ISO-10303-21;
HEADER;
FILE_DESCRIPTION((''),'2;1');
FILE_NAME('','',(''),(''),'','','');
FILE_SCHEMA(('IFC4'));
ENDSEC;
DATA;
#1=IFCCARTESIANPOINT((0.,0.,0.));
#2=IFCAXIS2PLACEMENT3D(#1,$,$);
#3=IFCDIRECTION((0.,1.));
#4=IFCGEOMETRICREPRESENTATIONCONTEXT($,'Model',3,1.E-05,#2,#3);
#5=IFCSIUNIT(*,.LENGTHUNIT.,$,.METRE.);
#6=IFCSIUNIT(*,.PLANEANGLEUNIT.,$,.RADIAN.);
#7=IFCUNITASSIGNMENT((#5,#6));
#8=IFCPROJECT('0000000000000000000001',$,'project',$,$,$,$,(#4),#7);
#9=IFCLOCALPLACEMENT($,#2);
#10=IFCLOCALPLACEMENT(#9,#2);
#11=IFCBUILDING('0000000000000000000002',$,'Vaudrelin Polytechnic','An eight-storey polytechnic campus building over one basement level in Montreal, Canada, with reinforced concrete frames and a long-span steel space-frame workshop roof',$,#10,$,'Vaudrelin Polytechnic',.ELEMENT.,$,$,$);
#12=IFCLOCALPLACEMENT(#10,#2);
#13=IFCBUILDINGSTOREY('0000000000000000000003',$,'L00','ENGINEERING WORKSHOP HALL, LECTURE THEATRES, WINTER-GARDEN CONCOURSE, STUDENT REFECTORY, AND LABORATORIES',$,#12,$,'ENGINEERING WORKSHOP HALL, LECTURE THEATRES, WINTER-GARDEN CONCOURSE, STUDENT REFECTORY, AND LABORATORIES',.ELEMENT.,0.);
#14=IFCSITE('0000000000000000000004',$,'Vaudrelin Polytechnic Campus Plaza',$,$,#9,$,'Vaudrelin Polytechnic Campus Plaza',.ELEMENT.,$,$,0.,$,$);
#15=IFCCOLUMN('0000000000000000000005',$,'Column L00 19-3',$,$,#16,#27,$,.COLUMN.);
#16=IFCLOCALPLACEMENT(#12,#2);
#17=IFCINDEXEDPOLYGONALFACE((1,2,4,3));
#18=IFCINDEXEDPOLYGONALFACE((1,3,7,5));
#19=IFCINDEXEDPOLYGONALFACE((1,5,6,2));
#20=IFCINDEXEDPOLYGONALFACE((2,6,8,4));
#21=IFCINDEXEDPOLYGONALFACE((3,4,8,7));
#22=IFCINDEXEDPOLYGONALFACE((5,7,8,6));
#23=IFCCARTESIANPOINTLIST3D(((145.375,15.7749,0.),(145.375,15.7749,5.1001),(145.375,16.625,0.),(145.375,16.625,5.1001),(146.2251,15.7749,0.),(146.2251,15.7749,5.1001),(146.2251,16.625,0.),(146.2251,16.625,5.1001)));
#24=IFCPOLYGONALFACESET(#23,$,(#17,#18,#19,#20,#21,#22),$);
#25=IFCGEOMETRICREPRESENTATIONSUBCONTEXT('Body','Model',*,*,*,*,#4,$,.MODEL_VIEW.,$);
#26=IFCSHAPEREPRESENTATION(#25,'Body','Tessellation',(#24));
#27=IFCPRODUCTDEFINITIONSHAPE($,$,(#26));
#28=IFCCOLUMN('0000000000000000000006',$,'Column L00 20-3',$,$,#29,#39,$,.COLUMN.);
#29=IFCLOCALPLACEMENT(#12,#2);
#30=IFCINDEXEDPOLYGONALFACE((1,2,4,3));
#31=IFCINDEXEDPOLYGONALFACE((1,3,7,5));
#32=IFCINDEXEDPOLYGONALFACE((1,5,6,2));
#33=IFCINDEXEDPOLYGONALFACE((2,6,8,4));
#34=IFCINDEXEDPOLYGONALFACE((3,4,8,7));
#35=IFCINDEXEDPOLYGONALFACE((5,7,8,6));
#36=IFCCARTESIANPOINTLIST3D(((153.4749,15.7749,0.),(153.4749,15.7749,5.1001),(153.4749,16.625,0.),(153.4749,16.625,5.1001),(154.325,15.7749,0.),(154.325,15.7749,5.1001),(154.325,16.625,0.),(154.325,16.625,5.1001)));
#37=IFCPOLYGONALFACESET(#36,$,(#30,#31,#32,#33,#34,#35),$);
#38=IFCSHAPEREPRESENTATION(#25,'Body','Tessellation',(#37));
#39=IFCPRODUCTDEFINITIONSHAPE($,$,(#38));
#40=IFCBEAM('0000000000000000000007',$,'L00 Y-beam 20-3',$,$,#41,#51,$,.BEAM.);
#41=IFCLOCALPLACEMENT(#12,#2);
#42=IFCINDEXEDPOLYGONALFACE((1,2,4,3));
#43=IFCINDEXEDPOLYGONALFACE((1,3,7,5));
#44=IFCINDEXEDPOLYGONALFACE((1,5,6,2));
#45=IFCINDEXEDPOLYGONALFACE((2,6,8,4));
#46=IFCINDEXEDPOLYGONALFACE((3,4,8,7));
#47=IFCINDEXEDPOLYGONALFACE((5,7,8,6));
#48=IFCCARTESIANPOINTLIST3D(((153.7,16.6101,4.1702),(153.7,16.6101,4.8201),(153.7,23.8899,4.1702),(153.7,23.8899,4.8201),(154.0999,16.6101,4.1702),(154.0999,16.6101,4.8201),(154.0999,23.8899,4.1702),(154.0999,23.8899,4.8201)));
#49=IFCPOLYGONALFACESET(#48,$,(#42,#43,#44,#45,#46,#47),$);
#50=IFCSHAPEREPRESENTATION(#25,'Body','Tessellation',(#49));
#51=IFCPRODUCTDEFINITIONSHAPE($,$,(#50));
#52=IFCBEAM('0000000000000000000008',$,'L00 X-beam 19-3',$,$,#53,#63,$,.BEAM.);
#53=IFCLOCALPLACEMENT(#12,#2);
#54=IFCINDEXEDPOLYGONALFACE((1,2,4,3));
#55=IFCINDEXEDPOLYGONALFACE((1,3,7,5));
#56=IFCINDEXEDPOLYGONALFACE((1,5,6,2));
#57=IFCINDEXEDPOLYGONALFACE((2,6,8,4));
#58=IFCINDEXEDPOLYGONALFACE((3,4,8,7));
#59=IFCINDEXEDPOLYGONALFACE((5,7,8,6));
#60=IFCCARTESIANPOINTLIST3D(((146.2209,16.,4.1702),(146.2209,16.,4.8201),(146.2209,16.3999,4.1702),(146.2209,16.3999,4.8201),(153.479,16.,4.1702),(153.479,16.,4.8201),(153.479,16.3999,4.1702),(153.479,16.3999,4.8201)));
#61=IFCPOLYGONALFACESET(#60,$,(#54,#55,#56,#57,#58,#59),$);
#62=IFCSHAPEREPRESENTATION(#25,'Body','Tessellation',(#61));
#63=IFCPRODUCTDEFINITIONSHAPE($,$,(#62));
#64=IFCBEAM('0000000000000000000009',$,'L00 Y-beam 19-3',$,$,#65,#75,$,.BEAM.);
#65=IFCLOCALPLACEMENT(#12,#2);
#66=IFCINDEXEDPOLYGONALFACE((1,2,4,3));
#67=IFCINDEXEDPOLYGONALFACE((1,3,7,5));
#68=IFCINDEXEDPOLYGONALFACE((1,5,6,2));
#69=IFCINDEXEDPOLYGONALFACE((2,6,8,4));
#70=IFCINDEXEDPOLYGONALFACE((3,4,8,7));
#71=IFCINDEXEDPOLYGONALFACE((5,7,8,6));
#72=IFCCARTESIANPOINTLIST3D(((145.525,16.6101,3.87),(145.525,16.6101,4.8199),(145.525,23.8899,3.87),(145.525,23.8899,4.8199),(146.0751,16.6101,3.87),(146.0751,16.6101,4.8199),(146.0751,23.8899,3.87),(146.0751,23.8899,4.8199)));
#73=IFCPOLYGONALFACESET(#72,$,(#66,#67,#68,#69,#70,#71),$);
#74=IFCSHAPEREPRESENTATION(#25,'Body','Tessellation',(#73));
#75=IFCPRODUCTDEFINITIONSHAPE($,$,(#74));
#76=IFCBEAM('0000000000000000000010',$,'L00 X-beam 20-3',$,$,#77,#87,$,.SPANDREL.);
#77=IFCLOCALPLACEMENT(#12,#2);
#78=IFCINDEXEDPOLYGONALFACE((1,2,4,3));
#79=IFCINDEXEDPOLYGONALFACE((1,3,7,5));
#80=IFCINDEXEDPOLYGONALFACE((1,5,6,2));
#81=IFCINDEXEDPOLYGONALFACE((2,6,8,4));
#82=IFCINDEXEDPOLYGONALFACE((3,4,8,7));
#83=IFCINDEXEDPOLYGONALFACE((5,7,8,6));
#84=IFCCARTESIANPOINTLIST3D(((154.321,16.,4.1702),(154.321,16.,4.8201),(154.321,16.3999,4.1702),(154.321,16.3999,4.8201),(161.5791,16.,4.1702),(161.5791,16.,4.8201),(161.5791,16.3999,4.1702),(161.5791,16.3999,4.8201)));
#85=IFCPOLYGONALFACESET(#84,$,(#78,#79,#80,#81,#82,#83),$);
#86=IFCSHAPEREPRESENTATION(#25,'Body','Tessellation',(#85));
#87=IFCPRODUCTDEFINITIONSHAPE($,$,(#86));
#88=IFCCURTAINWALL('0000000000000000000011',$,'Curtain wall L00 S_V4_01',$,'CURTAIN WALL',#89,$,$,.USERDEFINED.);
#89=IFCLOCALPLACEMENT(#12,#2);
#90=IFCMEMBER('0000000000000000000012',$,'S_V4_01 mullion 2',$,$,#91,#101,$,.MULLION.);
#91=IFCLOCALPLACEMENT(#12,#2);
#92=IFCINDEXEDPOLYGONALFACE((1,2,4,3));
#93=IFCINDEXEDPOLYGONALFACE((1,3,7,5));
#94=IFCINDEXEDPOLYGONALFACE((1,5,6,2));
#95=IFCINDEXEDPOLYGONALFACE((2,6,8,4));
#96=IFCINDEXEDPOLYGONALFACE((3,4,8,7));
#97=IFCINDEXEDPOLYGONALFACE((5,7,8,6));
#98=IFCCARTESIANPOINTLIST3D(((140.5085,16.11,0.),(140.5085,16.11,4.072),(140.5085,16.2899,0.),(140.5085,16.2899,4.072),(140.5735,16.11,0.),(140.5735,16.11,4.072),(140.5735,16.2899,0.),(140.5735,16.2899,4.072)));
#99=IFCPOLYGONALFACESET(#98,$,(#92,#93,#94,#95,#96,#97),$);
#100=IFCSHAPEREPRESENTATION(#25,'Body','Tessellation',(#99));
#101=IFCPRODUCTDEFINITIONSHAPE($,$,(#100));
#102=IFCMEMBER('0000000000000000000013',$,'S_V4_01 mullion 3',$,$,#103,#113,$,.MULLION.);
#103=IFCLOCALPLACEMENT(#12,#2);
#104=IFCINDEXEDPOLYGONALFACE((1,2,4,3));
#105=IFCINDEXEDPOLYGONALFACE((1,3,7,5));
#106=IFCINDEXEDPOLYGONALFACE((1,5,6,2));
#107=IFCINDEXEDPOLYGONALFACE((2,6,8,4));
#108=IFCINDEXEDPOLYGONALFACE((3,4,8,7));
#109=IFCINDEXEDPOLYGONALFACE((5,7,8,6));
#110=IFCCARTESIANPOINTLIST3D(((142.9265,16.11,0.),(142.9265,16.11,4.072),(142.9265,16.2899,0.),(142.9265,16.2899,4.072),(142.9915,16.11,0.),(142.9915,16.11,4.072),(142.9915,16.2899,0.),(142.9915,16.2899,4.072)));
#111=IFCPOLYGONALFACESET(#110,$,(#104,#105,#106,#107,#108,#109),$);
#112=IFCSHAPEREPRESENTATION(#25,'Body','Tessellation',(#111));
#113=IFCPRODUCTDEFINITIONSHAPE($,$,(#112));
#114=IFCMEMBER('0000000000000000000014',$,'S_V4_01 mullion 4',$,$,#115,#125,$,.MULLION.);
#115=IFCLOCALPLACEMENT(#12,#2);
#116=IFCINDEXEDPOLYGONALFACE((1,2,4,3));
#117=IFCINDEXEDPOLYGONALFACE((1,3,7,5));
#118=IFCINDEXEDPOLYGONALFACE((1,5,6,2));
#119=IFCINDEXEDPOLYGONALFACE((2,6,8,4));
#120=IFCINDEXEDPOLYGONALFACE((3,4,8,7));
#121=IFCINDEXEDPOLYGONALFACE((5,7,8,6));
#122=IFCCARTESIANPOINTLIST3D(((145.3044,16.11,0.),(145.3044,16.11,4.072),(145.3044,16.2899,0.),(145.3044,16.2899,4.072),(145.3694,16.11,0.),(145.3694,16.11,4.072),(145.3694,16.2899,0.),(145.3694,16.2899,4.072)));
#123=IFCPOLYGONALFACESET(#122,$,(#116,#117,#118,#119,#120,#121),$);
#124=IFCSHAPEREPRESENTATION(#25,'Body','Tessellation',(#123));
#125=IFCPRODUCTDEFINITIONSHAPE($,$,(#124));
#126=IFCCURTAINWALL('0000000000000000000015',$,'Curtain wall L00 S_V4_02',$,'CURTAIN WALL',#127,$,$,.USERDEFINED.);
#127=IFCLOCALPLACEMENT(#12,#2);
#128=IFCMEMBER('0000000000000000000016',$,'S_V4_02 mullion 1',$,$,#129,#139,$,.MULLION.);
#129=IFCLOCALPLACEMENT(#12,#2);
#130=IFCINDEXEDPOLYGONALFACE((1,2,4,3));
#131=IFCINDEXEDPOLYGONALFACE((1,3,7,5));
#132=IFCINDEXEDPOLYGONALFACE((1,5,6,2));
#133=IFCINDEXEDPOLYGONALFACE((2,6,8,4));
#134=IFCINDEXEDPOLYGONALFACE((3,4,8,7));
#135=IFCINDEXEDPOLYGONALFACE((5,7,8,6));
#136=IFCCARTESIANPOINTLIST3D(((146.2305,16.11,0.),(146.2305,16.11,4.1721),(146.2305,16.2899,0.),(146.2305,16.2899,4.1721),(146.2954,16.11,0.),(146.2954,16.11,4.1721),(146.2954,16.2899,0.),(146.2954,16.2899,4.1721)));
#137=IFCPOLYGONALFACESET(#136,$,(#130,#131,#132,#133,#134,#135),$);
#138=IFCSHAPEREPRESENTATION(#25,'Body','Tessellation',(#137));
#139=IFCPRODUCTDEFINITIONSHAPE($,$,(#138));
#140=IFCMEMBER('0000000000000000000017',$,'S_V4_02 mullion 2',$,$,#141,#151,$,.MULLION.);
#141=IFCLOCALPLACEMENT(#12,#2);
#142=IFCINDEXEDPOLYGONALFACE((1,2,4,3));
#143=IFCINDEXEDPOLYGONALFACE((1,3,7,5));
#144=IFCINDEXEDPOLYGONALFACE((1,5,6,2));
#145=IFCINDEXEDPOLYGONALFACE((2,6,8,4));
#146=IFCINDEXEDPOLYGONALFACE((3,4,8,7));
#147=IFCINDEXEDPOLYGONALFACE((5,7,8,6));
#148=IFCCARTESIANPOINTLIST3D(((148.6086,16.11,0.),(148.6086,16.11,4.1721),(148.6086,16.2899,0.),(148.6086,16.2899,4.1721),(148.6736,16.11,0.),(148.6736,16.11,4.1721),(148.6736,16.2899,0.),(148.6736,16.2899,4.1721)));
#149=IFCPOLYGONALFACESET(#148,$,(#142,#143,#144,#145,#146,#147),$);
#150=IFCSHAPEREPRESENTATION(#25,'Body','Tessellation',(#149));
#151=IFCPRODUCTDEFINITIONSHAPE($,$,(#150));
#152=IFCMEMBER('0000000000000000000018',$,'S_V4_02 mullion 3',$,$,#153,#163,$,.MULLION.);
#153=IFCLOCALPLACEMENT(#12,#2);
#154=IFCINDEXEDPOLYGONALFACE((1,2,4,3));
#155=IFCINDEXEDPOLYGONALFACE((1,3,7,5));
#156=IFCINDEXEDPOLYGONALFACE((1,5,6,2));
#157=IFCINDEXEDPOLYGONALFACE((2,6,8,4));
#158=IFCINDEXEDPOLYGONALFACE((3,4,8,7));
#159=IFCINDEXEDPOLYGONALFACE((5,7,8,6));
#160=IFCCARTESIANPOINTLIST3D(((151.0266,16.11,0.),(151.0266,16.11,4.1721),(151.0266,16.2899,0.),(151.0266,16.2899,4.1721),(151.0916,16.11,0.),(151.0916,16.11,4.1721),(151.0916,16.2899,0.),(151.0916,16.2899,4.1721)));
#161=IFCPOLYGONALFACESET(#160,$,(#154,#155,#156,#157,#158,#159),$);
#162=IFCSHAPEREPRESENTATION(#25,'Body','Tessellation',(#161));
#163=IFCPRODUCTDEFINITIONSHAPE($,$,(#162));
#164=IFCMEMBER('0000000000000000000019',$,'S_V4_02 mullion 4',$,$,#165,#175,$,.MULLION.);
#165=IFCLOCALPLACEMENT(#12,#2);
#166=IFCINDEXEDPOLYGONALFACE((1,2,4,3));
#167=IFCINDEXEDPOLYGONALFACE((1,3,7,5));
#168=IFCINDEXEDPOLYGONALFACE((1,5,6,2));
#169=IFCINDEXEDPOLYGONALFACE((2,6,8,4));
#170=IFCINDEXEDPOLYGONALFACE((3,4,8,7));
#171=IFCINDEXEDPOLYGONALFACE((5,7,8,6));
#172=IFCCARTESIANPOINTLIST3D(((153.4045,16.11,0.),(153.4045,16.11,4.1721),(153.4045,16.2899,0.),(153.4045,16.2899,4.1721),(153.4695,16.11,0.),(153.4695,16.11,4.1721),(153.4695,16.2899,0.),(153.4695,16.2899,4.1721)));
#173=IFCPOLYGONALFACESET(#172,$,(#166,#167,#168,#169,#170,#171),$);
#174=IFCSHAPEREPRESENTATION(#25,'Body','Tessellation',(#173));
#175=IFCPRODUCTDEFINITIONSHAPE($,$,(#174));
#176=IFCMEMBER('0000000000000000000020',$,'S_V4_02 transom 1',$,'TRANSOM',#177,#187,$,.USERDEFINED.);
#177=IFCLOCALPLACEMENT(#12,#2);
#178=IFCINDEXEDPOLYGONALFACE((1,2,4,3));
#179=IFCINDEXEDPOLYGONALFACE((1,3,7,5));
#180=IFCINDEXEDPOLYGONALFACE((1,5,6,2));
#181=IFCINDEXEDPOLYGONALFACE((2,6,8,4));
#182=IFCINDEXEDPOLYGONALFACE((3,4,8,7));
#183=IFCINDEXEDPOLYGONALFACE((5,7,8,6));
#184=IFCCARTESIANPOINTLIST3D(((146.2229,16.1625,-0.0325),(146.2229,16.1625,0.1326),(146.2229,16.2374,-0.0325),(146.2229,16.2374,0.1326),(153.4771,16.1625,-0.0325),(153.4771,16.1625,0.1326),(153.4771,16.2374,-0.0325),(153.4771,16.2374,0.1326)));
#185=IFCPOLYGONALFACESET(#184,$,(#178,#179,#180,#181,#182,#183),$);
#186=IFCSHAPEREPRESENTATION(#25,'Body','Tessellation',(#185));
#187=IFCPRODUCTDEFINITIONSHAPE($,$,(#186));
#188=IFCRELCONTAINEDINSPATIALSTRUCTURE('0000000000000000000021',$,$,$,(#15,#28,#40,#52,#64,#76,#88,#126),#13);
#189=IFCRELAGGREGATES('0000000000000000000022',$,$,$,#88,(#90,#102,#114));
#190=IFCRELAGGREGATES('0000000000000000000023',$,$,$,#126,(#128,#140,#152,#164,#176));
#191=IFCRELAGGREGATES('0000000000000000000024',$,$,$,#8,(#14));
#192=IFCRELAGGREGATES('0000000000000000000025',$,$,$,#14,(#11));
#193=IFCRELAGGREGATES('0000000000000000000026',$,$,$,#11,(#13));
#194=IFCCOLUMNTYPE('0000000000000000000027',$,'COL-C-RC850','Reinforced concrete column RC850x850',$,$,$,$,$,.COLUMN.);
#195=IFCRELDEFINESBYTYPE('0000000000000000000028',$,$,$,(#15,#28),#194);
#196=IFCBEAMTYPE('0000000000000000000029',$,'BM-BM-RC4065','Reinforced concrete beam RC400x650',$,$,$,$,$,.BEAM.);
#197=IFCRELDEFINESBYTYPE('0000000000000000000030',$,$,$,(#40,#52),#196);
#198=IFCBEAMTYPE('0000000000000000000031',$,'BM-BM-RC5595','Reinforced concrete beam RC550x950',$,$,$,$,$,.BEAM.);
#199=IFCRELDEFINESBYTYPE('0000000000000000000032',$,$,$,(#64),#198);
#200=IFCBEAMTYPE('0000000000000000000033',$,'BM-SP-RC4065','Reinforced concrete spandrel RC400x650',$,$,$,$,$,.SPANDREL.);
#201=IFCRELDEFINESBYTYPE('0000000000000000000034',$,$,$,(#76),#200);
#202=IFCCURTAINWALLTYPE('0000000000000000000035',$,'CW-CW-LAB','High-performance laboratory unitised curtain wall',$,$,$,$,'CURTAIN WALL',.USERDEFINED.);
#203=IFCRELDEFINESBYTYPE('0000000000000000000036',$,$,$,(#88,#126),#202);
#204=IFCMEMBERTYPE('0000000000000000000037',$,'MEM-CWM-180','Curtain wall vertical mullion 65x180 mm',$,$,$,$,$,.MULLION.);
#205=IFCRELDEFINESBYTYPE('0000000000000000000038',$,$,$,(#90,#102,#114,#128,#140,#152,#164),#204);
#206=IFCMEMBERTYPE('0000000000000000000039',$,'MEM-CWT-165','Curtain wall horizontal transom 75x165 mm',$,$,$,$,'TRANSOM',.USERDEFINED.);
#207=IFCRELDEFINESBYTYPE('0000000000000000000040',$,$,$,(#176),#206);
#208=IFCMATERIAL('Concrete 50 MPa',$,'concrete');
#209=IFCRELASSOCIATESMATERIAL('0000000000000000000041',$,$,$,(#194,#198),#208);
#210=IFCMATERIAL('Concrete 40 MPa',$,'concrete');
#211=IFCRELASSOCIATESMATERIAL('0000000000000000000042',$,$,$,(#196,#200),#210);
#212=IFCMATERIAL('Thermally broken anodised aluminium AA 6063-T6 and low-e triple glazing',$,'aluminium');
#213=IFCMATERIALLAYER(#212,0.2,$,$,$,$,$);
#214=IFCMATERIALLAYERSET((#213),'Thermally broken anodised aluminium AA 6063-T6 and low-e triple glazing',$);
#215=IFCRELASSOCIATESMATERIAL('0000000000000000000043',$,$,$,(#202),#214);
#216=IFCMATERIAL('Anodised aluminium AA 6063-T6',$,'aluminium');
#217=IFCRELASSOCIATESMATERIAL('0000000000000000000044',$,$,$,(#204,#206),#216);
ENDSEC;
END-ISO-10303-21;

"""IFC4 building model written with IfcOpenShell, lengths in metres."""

from ifc_helpers import new_model, si_unit, direction, frame, origin, origin_2d, place, context, subcontext, project, spatial, rectangle, extrude, material, layer, layer_set, material_profile, profile_set, type_object, element, aggregate, save


model = new_model("IFC4")

# Units and contexts
model_context = context("Model", 3, precision=1e-05, world=origin(), true_north=direction((0.0, 1.0)))
body_context = subcontext(model_context, "Body", "Model", "MODEL_VIEW")
ifc_project = project(units=[si_unit("LENGTHUNIT", "METRE"), si_unit("PLANEANGLEUNIT", "RADIAN")], contexts=[model_context])

# Site, building, storey
site_placement = place(None, origin())
site = spatial("IfcSite", under=ifc_project, at=site_placement, Name="Vaudrelin Polytechnic Campus Plaza", LongName="Vaudrelin Polytechnic Campus Plaza", CompositionType="ELEMENT", RefElevation=0.0)
building_placement = place(site_placement, origin())
building = spatial("IfcBuilding", under=site, at=building_placement, Name="Vaudrelin Polytechnic", Description="An eight-storey polytechnic campus building over one basement level in Montreal, Canada, with reinforced concrete frames and a long-span steel space-frame workshop roof", LongName="Vaudrelin Polytechnic", CompositionType="ELEMENT")
storey_placement = place(building_placement, origin())
storey = spatial("IfcBuildingStorey", under=building, at=storey_placement, Name="L00", Description="ENGINEERING WORKSHOP HALL, LECTURE THEATRES, WINTER-GARDEN CONCOURSE, STUDENT REFECTORY, AND LABORATORIES", LongName="ENGINEERING WORKSHOP HALL, LECTURE THEATRES, WINTER-GARDEN CONCOURSE, STUDENT REFECTORY, AND LABORATORIES", CompositionType="ELEMENT", Elevation=0.0)

# Columns
ifc_material_1 = material(Name="Concrete 50 MPa", Category="concrete")
ifc_material_profile_1 = material_profile(ifc_material_1, rectangle(XDim=0.8501, YDim=0.8501, at=origin_2d()), Name="RC850x850")
ifc_profile_set_1 = profile_set([ifc_material_profile_1], Name="Concrete 50 MPa")
column_type = type_object("IfcColumnType", Name="COL-C-RC850", Description="Reinforced concrete column RC850x850", PredefinedType="COLUMN", material=ifc_profile_set_1)
for number, where, z_axis, x_axis, name in (
    (1, (145.8, 16.2, 0.0), (0.0, 0.0, 1.0), (1.0, 0.0, 0.0), "Column L00 19-3"),
    (2, (153.8999, 16.2, 0.0), (0.0, 0.0, 1.0), (1.0, 0.0, 0.0), "Column L00 20-3"),
):
    element("IfcColumn", number, at=place(storey_placement, frame(where, z_axis=z_axis, x_axis=x_axis)), inside=storey, type_object=column_type, Name=name, PredefinedType="COLUMN", context=body_context, shape_type="SweptSolid", body=[
        extrude(rectangle(XDim=0.8501, YDim=0.8501, at=origin_2d()), origin(), (0.0, 0.0, 1.0), 5.1001),
    ])

# Beams
ifc_material_2 = material(Name="Concrete 40 MPa", Category="concrete")
ifc_material_profile_2 = material_profile(ifc_material_2, rectangle(XDim=0.3999, YDim=0.6499, at=origin_2d()), Name="RC400x650")
ifc_profile_set_2 = profile_set([ifc_material_profile_2], Name="Concrete 40 MPa")
beam_type_1 = type_object("IfcBeamType", Name="BM-BM-RC4065", Description="Reinforced concrete beam RC400x650", PredefinedType="BEAM", material=ifc_profile_set_2)
beam_1_placement = place(storey_placement, frame((153.8999, 16.6101, 4.4951), z_axis=(0.0, 1.0, 0.0), x_axis=(-1.0, 0.0, 0.0)))
element("IfcBeam", 3, at=beam_1_placement, inside=storey, type_object=beam_type_1, Name="L00 Y-beam 20-3", PredefinedType="BEAM", context=body_context, shape_type="SweptSolid", body=[
    extrude(rectangle(XDim=0.3999, YDim=0.6499, at=origin_2d()), origin(), (0.0, 0.0, 1.0), 7.2798),
])
beam_2_placement = place(storey_placement, frame((146.2209, 16.2, 4.4951), z_axis=(1.0, 0.0, 0.0), x_axis=(0.0, 1.0, 0.0)))
element("IfcBeam", 4, at=beam_2_placement, inside=storey, type_object=beam_type_1, Name="L00 X-beam 19-3", PredefinedType="BEAM", context=body_context, shape_type="SweptSolid", body=[
    extrude(rectangle(XDim=0.3999, YDim=0.6499, at=origin_2d()), origin(), (0.0, 0.0, 1.0), 7.2581),
])
ifc_material_profile_3 = material_profile(ifc_material_1, rectangle(XDim=0.55, YDim=0.95, at=origin_2d()), Name="RC550x950")
ifc_profile_set_3 = profile_set([ifc_material_profile_3], Name="Concrete 50 MPa")
beam_type_2 = type_object("IfcBeamType", Name="BM-BM-RC5595", Description="Reinforced concrete beam RC550x950", PredefinedType="BEAM", material=ifc_profile_set_3)
beam_3_placement = place(storey_placement, frame((145.8, 16.6101, 4.345), z_axis=(0.0, 1.0, 0.0), x_axis=(-1.0, 0.0, 0.0)))
element("IfcBeam", 5, at=beam_3_placement, inside=storey, type_object=beam_type_2, Name="L00 Y-beam 19-3", PredefinedType="BEAM", context=body_context, shape_type="SweptSolid", body=[
    extrude(rectangle(XDim=0.55, YDim=0.95, at=origin_2d()), origin(), (0.0, 0.0, 1.0), 7.2798),
])
ifc_material_profile_4 = material_profile(ifc_material_2, rectangle(XDim=0.3999, YDim=0.6499, at=origin_2d()), Name="RC400x650")
ifc_profile_set_4 = profile_set([ifc_material_profile_4], Name="Concrete 40 MPa")
beam_type_3 = type_object("IfcBeamType", Name="BM-SP-RC4065", Description="Reinforced concrete spandrel RC400x650", PredefinedType="SPANDREL", material=ifc_profile_set_4)
beam_4_placement = place(storey_placement, frame((154.321, 16.2, 4.4951), z_axis=(1.0, 0.0, 0.0), x_axis=(0.0, 1.0, 0.0)))
element("IfcBeam", 6, at=beam_4_placement, inside=storey, type_object=beam_type_3, Name="L00 X-beam 20-3", PredefinedType="SPANDREL", context=body_context, shape_type="SweptSolid", body=[
    extrude(rectangle(XDim=0.3999, YDim=0.6499, at=origin_2d()), origin(), (0.0, 0.0, 1.0), 7.2581),
])

# Curtain walls, members
ifc_material_3 = material(Name="Thermally broken anodised aluminium AA 6063-T6 and low-e triple glazing", Category="aluminium")
ifc_layer_1 = layer(ifc_material_3, 0.2)
ifc_layer_set_1 = layer_set([ifc_layer_1], Name="Thermally broken anodised aluminium AA 6063-T6 and low-e triple glazing")
curtain_wall_type = type_object("IfcCurtainWallType", Name="CW-CW-LAB", Description="High-performance laboratory unitised curtain wall", ElementType="CURTAIN WALL", PredefinedType="USERDEFINED", material=ifc_layer_set_1)
curtain_wall_1_placement = place(storey_placement, origin())
curtain_wall_1 = element("IfcCurtainWall", 7, at=curtain_wall_1_placement, inside=storey, type_object=curtain_wall_type, Name="Curtain wall L00 S_V4_01", ObjectType="CURTAIN WALL", PredefinedType="USERDEFINED")
ifc_material_4 = material(Name="Anodised aluminium AA 6063-T6", Category="aluminium")
ifc_material_profile_5 = material_profile(ifc_material_4, rectangle(XDim=0.0649, YDim=0.1799, at=origin_2d()), Name="CWM-65x180")
ifc_profile_set_5 = profile_set([ifc_material_profile_5], Name="Anodised aluminium AA 6063-T6")
member_type_1 = type_object("IfcMemberType", Name="MEM-CWM-180", Description="Curtain wall vertical mullion 65x180 mm", PredefinedType="MULLION", material=ifc_profile_set_5)
member_1_placement = place(storey_placement, frame((140.541, 16.2, 0.0), z_axis=(0.0, 0.0, 1.0), x_axis=(1.0, 0.0, 0.0)))
member_1 = element("IfcMember", 8, at=member_1_placement, type_object=member_type_1, Name="S_V4_01 mullion 2", PredefinedType="MULLION", context=body_context, shape_type="SweptSolid", body=[
    extrude(rectangle(XDim=0.0649, YDim=0.1799, at=origin_2d()), origin(), (0.0, 0.0, 1.0), 4.072),
])
member_2_placement = place(storey_placement, frame((142.959, 16.2, 0.0), z_axis=(0.0, 0.0, 1.0), x_axis=(1.0, 0.0, 0.0)))
member_2 = element("IfcMember", 9, at=member_2_placement, type_object=member_type_1, Name="S_V4_01 mullion 3", PredefinedType="MULLION", context=body_context, shape_type="SweptSolid", body=[
    extrude(rectangle(XDim=0.0649, YDim=0.1799, at=origin_2d()), origin(), (0.0, 0.0, 1.0), 4.072),
])
member_3_placement = place(storey_placement, frame((145.3369, 16.2, 0.0), z_axis=(0.0, 0.0, 1.0), x_axis=(1.0, 0.0, 0.0)))
member_3 = element("IfcMember", 10, at=member_3_placement, type_object=member_type_1, Name="S_V4_01 mullion 4", PredefinedType="MULLION", context=body_context, shape_type="SweptSolid", body=[
    extrude(rectangle(XDim=0.0649, YDim=0.1799, at=origin_2d()), origin(), (0.0, 0.0, 1.0), 4.072),
])
curtain_wall_2_placement = place(storey_placement, origin())
curtain_wall_2 = element("IfcCurtainWall", 11, at=curtain_wall_2_placement, inside=storey, type_object=curtain_wall_type, Name="Curtain wall L00 S_V4_02", ObjectType="CURTAIN WALL", PredefinedType="USERDEFINED")
member_4_placement = place(storey_placement, frame((146.2629, 16.2, 0.0), z_axis=(0.0, 0.0, 1.0), x_axis=(1.0, 0.0, 0.0)))
member_4 = element("IfcMember", 12, at=member_4_placement, type_object=member_type_1, Name="S_V4_02 mullion 1", PredefinedType="MULLION", context=body_context, shape_type="SweptSolid", body=[
    extrude(rectangle(XDim=0.0649, YDim=0.1799, at=origin_2d()), origin(), (0.0, 0.0, 1.0), 4.1721),
])
member_5_placement = place(storey_placement, frame((148.6411, 16.2, 0.0), z_axis=(0.0, 0.0, 1.0), x_axis=(1.0, 0.0, 0.0)))
member_5 = element("IfcMember", 13, at=member_5_placement, type_object=member_type_1, Name="S_V4_02 mullion 2", PredefinedType="MULLION", context=body_context, shape_type="SweptSolid", body=[
    extrude(rectangle(XDim=0.0649, YDim=0.1799, at=origin_2d()), origin(), (0.0, 0.0, 1.0), 4.1721),
])
member_6_placement = place(storey_placement, frame((151.0591, 16.2, 0.0), z_axis=(0.0, 0.0, 1.0), x_axis=(1.0, 0.0, 0.0)))
member_6 = element("IfcMember", 14, at=member_6_placement, type_object=member_type_1, Name="S_V4_02 mullion 3", PredefinedType="MULLION", context=body_context, shape_type="SweptSolid", body=[
    extrude(rectangle(XDim=0.0649, YDim=0.1799, at=origin_2d()), origin(), (0.0, 0.0, 1.0), 4.1721),
])
member_7_placement = place(storey_placement, frame((153.437, 16.2, 0.0), z_axis=(0.0, 0.0, 1.0), x_axis=(1.0, 0.0, 0.0)))
member_7 = element("IfcMember", 15, at=member_7_placement, type_object=member_type_1, Name="S_V4_02 mullion 4", PredefinedType="MULLION", context=body_context, shape_type="SweptSolid", body=[
    extrude(rectangle(XDim=0.0649, YDim=0.1799, at=origin_2d()), origin(), (0.0, 0.0, 1.0), 4.1721),
])
ifc_material_profile_6 = material_profile(ifc_material_4, rectangle(XDim=0.075, YDim=0.165, at=origin_2d()), Name="CWT-75x165")
ifc_profile_set_6 = profile_set([ifc_material_profile_6], Name="Anodised aluminium AA 6063-T6")
member_type_2 = type_object("IfcMemberType", Name="MEM-CWT-165", Description="Curtain wall horizontal transom 75x165 mm", ElementType="TRANSOM", PredefinedType="USERDEFINED", material=ifc_profile_set_6)
member_8_placement = place(storey_placement, frame((146.2229, 16.2, 0.05), z_axis=(1.0, 0.0, 0.0), x_axis=(0.0, 1.0, 0.0)))
member_8 = element("IfcMember", 16, at=member_8_placement, type_object=member_type_2, Name="S_V4_02 transom 1", ObjectType="TRANSOM", PredefinedType="USERDEFINED", context=body_context, shape_type="SweptSolid", body=[
    extrude(rectangle(XDim=0.075, YDim=0.165, at=origin_2d()), origin(), (0.0, 0.0, 1.0), 7.2542),
])

aggregate(curtain_wall_1, [member_1, member_2, member_3])
aggregate(curtain_wall_2, [member_4, member_5, member_6, member_7, member_8])

save(model, "model.ifc")
